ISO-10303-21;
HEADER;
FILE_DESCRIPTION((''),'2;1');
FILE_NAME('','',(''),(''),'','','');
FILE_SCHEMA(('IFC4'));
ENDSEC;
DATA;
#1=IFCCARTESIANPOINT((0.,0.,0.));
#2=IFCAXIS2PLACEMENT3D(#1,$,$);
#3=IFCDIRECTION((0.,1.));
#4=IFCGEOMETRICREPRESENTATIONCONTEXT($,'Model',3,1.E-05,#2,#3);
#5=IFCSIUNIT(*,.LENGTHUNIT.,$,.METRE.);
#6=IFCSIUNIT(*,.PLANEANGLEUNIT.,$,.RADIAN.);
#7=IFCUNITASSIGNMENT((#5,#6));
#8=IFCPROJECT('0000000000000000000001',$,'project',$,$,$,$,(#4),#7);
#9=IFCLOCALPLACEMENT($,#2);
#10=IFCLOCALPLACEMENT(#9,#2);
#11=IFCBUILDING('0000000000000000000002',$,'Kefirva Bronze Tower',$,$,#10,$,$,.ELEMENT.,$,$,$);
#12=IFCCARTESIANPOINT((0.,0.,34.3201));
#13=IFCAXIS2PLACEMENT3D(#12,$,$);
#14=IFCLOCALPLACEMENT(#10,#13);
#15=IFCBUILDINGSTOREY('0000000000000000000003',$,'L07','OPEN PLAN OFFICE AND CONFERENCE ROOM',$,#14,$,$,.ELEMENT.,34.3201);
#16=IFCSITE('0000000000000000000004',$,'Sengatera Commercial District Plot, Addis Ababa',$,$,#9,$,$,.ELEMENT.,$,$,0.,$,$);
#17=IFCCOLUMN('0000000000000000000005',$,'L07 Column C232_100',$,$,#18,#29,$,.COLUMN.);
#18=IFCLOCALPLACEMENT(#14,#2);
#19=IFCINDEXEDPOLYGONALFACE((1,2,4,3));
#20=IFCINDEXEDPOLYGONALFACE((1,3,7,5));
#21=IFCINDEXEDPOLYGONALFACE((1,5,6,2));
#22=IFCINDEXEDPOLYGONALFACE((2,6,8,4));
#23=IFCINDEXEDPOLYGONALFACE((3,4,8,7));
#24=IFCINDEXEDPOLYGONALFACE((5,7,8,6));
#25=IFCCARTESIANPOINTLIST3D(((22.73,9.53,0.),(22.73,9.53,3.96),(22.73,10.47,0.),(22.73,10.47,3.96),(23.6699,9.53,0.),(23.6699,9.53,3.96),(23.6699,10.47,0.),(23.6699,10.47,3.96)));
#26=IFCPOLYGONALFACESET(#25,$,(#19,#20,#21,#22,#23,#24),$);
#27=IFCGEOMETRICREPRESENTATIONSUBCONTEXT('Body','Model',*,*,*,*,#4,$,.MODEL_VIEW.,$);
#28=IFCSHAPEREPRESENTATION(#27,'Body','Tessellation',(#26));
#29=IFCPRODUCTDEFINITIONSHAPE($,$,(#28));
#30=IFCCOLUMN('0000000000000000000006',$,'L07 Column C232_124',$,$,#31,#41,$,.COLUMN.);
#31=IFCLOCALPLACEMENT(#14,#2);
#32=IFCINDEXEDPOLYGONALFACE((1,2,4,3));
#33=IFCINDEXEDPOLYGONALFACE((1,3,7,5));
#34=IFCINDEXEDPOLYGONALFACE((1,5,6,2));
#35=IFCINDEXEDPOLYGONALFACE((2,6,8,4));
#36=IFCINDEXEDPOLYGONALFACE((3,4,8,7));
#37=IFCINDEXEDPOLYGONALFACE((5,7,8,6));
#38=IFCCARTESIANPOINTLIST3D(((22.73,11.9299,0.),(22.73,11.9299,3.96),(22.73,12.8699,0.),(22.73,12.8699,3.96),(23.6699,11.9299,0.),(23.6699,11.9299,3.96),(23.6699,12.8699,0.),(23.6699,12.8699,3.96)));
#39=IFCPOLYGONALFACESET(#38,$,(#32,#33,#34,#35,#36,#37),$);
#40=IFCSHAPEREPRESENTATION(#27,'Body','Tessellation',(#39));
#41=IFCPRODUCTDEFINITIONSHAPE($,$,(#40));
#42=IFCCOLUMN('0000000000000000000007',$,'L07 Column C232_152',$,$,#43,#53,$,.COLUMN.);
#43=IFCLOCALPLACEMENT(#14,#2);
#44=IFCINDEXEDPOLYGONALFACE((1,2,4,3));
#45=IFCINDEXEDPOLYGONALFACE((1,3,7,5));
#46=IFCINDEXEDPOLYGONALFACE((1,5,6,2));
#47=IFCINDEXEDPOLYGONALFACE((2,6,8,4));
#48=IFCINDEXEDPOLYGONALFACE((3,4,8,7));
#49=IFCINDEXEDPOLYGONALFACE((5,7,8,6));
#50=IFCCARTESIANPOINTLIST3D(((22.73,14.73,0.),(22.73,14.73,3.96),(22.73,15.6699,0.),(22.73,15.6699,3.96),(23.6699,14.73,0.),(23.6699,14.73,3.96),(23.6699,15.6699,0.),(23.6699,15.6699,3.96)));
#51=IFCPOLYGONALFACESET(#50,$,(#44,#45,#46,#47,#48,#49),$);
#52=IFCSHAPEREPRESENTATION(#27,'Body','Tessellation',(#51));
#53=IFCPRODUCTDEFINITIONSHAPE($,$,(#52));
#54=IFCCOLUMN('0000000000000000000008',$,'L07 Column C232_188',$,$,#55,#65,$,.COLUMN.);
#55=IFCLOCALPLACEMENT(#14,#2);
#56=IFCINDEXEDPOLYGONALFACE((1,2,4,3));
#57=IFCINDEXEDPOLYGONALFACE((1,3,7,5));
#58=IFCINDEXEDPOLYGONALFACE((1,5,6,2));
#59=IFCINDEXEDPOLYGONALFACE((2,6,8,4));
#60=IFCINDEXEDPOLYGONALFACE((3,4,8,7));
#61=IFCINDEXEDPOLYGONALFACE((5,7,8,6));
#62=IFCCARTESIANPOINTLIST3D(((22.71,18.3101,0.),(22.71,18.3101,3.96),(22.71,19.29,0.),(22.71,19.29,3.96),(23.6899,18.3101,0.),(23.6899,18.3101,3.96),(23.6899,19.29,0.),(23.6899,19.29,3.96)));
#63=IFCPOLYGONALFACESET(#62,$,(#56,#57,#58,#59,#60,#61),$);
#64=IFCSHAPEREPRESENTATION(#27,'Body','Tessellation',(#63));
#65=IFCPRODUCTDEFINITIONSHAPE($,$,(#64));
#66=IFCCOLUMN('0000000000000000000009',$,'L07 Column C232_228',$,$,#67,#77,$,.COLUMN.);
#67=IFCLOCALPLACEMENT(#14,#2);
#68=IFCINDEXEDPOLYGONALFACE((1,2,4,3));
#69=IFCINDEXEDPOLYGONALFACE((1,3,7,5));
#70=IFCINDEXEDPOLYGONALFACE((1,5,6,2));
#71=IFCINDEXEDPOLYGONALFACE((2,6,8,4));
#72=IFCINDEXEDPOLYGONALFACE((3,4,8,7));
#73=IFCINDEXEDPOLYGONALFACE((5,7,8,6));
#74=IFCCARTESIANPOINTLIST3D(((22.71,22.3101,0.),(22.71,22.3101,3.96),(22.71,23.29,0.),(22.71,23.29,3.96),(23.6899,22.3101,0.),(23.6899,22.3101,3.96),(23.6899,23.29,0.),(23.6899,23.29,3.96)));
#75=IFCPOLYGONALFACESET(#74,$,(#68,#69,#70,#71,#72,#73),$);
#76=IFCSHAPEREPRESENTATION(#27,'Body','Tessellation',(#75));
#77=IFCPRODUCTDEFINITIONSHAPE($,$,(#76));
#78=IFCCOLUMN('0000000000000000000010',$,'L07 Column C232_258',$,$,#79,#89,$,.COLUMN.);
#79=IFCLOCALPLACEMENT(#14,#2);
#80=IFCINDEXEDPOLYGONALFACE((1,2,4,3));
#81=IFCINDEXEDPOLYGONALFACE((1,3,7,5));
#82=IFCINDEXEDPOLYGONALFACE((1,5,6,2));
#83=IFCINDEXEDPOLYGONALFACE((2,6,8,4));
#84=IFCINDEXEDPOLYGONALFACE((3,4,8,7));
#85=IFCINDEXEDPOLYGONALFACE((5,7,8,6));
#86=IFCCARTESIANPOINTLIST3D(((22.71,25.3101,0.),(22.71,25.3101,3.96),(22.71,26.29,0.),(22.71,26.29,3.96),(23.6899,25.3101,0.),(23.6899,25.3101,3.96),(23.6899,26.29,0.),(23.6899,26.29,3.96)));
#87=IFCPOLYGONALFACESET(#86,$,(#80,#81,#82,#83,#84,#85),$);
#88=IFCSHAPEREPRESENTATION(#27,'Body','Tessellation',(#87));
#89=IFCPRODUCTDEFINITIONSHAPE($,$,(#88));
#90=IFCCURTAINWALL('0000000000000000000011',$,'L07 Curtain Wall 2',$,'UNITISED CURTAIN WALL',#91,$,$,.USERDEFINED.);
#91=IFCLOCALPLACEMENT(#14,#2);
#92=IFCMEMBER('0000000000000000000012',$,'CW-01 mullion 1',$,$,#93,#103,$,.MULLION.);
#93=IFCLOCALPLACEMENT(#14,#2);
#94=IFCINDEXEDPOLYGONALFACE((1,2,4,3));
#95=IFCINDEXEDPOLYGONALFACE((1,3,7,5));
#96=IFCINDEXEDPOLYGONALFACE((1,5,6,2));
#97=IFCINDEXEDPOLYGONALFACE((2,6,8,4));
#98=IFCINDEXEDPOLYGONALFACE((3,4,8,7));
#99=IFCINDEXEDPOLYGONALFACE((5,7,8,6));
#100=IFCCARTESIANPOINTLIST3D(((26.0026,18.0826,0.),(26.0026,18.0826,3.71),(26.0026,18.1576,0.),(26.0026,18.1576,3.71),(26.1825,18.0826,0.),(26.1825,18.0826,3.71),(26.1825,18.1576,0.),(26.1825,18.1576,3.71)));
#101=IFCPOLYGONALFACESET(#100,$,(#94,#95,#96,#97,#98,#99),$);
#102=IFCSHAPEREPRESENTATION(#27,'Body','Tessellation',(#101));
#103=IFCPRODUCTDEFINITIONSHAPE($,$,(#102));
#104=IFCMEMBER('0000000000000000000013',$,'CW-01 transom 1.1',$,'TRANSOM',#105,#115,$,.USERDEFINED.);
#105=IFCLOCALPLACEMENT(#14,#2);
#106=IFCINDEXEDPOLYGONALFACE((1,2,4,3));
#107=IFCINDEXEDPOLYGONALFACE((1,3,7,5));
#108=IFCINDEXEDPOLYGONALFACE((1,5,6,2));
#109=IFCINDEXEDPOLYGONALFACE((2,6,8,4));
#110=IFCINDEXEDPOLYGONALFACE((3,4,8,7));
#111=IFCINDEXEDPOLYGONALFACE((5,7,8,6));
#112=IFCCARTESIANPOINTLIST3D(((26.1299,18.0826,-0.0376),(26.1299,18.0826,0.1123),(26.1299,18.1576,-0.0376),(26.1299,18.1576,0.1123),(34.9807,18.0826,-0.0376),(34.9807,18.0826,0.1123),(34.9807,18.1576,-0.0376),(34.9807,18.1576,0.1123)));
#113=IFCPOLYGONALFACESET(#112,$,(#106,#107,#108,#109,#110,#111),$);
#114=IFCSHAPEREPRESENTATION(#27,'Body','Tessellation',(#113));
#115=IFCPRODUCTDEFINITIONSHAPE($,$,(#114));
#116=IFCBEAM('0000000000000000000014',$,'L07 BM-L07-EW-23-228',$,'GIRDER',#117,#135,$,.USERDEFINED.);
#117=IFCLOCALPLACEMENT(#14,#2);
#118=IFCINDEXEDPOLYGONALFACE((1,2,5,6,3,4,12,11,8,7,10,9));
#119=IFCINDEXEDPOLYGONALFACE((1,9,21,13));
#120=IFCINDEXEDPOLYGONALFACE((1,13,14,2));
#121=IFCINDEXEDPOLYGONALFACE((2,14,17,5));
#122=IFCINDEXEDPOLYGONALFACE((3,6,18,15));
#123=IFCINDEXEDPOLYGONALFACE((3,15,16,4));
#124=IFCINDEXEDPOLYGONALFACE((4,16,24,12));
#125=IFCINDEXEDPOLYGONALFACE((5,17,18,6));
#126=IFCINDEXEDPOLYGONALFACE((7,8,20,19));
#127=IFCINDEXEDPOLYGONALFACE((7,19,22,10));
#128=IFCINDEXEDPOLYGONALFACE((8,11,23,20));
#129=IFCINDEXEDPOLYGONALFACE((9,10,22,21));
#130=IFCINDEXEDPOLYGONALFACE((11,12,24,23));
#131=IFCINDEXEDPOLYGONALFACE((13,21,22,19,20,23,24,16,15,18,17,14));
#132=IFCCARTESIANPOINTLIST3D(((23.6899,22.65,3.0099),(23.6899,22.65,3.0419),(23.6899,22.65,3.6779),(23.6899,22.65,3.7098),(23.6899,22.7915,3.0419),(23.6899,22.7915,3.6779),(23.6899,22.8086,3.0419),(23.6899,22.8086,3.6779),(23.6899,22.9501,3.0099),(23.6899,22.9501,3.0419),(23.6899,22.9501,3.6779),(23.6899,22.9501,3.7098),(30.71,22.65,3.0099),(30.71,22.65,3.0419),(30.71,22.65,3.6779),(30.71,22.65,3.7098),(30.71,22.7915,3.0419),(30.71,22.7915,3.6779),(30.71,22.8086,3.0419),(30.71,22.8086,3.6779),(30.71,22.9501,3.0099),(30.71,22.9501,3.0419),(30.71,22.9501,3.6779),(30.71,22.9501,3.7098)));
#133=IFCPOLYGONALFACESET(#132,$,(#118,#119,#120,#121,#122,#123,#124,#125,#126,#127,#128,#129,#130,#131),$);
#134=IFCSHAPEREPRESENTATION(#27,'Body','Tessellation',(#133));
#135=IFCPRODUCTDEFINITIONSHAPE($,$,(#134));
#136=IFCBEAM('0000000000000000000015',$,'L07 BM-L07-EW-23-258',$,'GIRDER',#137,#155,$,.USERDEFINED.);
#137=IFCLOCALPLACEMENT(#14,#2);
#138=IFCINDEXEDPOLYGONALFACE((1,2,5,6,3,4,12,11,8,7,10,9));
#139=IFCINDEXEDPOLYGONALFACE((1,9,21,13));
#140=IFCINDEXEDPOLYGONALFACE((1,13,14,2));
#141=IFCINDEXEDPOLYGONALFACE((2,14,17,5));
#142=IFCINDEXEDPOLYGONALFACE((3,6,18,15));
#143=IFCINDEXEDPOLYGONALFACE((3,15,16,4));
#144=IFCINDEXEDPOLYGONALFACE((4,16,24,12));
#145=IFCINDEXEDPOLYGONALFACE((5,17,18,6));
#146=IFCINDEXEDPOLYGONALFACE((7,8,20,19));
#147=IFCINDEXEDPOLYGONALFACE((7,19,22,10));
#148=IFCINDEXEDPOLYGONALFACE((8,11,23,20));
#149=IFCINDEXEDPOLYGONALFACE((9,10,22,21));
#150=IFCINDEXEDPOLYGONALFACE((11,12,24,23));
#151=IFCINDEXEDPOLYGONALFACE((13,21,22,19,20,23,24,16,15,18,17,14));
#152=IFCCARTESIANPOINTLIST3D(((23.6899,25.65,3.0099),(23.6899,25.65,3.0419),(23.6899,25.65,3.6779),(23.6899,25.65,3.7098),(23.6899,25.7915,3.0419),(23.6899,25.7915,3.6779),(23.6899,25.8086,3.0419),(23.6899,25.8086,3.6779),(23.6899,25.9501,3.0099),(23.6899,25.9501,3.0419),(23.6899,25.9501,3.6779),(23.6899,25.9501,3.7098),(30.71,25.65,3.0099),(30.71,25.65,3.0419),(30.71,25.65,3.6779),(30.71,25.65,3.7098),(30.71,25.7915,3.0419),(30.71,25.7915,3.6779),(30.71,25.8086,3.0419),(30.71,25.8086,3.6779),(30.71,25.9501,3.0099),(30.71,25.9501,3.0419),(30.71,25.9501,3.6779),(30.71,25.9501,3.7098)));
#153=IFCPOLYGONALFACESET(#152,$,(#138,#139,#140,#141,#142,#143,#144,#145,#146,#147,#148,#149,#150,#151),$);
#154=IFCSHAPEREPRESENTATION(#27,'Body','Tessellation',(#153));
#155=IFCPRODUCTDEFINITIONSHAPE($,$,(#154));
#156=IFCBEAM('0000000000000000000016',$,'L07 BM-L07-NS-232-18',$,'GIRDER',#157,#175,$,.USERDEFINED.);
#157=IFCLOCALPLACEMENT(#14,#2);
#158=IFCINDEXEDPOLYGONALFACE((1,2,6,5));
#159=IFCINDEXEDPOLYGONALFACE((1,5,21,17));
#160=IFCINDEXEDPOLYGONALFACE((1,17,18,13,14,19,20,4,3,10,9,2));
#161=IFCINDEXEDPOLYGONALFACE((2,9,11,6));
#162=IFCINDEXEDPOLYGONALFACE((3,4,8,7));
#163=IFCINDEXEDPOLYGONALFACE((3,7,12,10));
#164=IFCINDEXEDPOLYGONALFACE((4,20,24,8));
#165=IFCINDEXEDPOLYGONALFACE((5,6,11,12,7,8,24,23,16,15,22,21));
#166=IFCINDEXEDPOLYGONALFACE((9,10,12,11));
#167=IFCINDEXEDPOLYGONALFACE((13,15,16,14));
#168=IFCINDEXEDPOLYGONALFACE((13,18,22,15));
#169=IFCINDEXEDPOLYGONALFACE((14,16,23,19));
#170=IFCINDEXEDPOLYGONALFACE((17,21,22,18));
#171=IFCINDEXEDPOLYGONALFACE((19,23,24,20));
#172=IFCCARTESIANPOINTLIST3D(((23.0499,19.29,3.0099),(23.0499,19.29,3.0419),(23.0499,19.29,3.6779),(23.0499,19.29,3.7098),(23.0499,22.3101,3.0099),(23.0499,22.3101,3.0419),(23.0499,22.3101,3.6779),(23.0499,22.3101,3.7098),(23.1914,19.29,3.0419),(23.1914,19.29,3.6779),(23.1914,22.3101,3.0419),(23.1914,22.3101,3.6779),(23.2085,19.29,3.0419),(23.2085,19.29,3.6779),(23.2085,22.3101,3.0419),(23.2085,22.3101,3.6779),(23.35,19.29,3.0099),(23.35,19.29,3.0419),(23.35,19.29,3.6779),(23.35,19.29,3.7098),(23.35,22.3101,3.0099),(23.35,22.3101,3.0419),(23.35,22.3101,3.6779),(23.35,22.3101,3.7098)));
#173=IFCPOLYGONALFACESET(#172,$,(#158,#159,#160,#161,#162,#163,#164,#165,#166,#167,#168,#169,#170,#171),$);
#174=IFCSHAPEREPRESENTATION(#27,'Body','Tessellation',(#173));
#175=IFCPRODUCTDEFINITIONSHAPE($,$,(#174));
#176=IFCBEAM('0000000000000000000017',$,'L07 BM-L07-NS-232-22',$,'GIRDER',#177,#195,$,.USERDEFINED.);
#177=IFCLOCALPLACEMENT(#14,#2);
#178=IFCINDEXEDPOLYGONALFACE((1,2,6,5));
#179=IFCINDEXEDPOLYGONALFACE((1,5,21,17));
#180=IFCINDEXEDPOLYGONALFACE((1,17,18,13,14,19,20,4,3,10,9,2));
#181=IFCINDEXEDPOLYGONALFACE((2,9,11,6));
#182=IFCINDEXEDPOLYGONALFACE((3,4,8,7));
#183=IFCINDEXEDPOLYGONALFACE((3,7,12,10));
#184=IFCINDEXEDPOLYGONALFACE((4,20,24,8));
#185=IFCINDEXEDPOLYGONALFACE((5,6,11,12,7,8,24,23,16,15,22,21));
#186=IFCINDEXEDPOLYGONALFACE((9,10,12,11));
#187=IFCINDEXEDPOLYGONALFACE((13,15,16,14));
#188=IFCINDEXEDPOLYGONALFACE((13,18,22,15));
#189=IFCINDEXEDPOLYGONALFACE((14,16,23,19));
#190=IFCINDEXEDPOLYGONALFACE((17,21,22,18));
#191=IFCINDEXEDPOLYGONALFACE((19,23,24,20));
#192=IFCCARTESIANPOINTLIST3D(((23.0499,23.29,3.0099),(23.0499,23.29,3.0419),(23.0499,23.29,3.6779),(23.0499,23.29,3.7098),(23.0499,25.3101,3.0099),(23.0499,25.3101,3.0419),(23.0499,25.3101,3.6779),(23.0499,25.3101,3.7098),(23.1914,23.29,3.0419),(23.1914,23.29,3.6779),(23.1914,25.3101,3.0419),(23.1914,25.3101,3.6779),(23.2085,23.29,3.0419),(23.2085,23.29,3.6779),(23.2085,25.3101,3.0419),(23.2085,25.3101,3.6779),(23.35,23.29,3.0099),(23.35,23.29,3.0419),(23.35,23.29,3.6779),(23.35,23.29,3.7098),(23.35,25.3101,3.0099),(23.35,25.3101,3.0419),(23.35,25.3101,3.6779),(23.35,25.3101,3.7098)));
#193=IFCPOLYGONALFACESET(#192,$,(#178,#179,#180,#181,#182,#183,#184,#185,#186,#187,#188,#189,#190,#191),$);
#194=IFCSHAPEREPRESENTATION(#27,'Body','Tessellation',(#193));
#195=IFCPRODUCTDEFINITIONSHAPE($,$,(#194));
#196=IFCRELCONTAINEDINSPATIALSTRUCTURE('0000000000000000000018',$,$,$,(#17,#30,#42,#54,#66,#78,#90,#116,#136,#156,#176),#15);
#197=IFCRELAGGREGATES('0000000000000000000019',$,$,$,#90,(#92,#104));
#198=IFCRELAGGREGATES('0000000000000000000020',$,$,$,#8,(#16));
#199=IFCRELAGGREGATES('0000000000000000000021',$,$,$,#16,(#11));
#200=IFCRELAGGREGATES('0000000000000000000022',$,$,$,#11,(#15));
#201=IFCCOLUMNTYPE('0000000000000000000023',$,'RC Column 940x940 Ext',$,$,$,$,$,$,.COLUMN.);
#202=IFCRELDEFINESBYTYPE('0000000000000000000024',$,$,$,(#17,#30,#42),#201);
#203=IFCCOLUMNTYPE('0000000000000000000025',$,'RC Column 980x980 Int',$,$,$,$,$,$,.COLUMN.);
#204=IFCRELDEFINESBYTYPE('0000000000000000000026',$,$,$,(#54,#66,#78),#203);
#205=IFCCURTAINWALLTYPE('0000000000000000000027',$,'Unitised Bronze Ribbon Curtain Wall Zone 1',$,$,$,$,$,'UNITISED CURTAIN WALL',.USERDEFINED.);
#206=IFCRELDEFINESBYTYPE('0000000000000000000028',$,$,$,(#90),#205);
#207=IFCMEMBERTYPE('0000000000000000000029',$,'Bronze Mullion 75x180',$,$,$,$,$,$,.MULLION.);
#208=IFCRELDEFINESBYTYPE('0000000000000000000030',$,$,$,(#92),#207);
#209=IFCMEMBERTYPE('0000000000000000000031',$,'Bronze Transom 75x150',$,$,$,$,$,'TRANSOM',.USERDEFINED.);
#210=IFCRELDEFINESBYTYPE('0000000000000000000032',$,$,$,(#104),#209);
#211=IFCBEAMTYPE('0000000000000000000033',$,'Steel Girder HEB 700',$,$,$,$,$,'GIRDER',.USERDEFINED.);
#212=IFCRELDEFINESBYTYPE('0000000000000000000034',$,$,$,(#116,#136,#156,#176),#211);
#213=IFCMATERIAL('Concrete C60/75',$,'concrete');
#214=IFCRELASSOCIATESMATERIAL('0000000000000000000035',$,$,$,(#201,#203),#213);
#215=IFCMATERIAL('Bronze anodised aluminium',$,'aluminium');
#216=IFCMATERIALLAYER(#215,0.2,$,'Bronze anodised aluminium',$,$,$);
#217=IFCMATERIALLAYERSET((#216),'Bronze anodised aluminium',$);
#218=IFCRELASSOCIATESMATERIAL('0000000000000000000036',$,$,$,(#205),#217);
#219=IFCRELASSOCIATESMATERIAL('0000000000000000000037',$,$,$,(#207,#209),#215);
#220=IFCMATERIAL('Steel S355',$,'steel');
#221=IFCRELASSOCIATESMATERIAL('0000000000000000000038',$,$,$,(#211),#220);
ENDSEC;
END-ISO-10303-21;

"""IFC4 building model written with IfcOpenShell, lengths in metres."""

from ifc_helpers import new_model, si_unit, direction, frame, origin, origin_2d, place, context, subcontext, project, spatial, rectangle, i_section, extrude, material, layer, layer_set, material_profile, profile_set, type_object, element, aggregate, save


model = new_model("IFC4")

# Units and contexts
model_context = context("Model", 3, precision=1e-05, world=origin(), true_north=direction((0.0, 1.0)))
body_context = subcontext(model_context, "Body", "Model", "MODEL_VIEW")
ifc_project = project(units=[si_unit("LENGTHUNIT", "METRE"), si_unit("PLANEANGLEUNIT", "RADIAN")], contexts=[model_context])

# Site, building, storey
site_placement = place(None, origin())
site = spatial("IfcSite", under=ifc_project, at=site_placement, Name="Sengatera Commercial District Plot, Addis Ababa", CompositionType="ELEMENT", RefElevation=0.0)
building_placement = place(site_placement, origin())
building = spatial("IfcBuilding", under=site, at=building_placement, Name="Kefirva Bronze Tower", CompositionType="ELEMENT")
storey_placement = place(building_placement, frame((0.0, 0.0, 34.3201)))
storey = spatial("IfcBuildingStorey", under=building, at=storey_placement, Name="L07", Description="OPEN PLAN OFFICE AND CONFERENCE ROOM", CompositionType="ELEMENT", Elevation=34.3201)

# Columns
ifc_material_1 = material(Name="Concrete C60/75", Category="concrete")
ifc_material_profile_1 = material_profile(ifc_material_1, rectangle(XDim=0.9399, YDim=0.9399, at=origin_2d()), Name="RC 940x940")
ifc_profile_set_1 = profile_set([ifc_material_profile_1], Name="Concrete C60/75")
column_type_1 = type_object("IfcColumnType", Name="RC Column 940x940 Ext", PredefinedType="COLUMN", material=ifc_profile_set_1)
for number, where, z_axis, x_axis, name in (
    (1, (23.2, 10.0, 0.0), (0.0, 0.0, 1.0), (1.0, 0.0, 0.0), "L07 Column C232_100"),
    (2, (23.2, 12.3999, 0.0), (0.0, 0.0, 1.0), (1.0, 0.0, 0.0), "L07 Column C232_124"),
    (3, (23.2, 15.2, 0.0), (0.0, 0.0, 1.0), (1.0, 0.0, 0.0), "L07 Column C232_152"),
):
    element("IfcColumn", number, at=place(storey_placement, frame(where, z_axis=z_axis, x_axis=x_axis)), inside=storey, type_object=column_type_1, Name=name, PredefinedType="COLUMN", context=body_context, shape_type="SweptSolid", body=[
        extrude(rectangle(XDim=0.9399, YDim=0.9399, at=origin_2d()), origin(), (0.0, 0.0, 1.0), 3.96),
    ])
ifc_material_profile_2 = material_profile(ifc_material_1, rectangle(XDim=0.98, YDim=0.98, at=origin_2d()), Name="RC 980x980")
ifc_profile_set_2 = profile_set([ifc_material_profile_2], Name="Concrete C60/75")
column_type_2 = type_object("IfcColumnType", Name="RC Column 980x980 Int", PredefinedType="COLUMN", material=ifc_profile_set_2)
for number, where, z_axis, x_axis, name in (
    (4, (23.2, 18.8, 0.0), (0.0, 0.0, 1.0), (1.0, 0.0, 0.0), "L07 Column C232_188"),
    (5, (23.2, 22.8, 0.0), (0.0, 0.0, 1.0), (1.0, 0.0, 0.0), "L07 Column C232_228"),
    (6, (23.2, 25.8, 0.0), (0.0, 0.0, 1.0), (1.0, 0.0, 0.0), "L07 Column C232_258"),
):
    element("IfcColumn", number, at=place(storey_placement, frame(where, z_axis=z_axis, x_axis=x_axis)), inside=storey, type_object=column_type_2, Name=name, PredefinedType="COLUMN", context=body_context, shape_type="SweptSolid", body=[
        extrude(rectangle(XDim=0.98, YDim=0.98, at=origin_2d()), origin(), (0.0, 0.0, 1.0), 3.96),
    ])

# Curtain wall, members
ifc_material_2 = material(Name="Bronze anodised aluminium", Category="aluminium")
ifc_layer_1 = layer(ifc_material_2, 0.2, Name="Bronze anodised aluminium")
ifc_layer_set_1 = layer_set([ifc_layer_1], Name="Bronze anodised aluminium")
curtain_wall_type = type_object("IfcCurtainWallType", Name="Unitised Bronze Ribbon Curtain Wall Zone 1", ElementType="UNITISED CURTAIN WALL", PredefinedType="USERDEFINED", material=ifc_layer_set_1)
curtain_wall_placement = place(storey_placement, origin())
curtain_wall = element("IfcCurtainWall", 7, at=curtain_wall_placement, inside=storey, type_object=curtain_wall_type, Name="L07 Curtain Wall 2", ObjectType="UNITISED CURTAIN WALL", PredefinedType="USERDEFINED")
ifc_material_profile_3 = material_profile(ifc_material_2, rectangle(XDim=0.075, YDim=0.1799, at=origin_2d()), Name="ALU 75x180")
ifc_profile_set_3 = profile_set([ifc_material_profile_3], Name="Bronze anodised aluminium")
member_type_1 = type_object("IfcMemberType", Name="Bronze Mullion 75x180", PredefinedType="MULLION", material=ifc_profile_set_3)
member_1_placement = place(storey_placement, frame((26.0925, 18.1201, 0.0), z_axis=(0.0, 0.0, 1.0), x_axis=(0.0, 1.0, 0.0)))
member_1 = element("IfcMember", 8, at=member_1_placement, type_object=member_type_1, Name="CW-01 mullion 1", PredefinedType="MULLION", context=body_context, shape_type="SweptSolid", body=[
    extrude(rectangle(XDim=0.075, YDim=0.1799, at=origin_2d()), origin(), (0.0, 0.0, 1.0), 3.71),
])
ifc_material_profile_4 = material_profile(ifc_material_2, rectangle(XDim=0.075, YDim=0.1499, at=origin_2d()), Name="ALU 75x150")
ifc_profile_set_4 = profile_set([ifc_material_profile_4], Name="Bronze anodised aluminium")
member_type_2 = type_object("IfcMemberType", Name="Bronze Transom 75x150", ElementType="TRANSOM", PredefinedType="USERDEFINED", material=ifc_profile_set_4)
member_2_placement = place(storey_placement, frame((26.1299, 18.1201, 0.0374), z_axis=(1.0, 0.0, 0.0), x_axis=(0.0, 1.0, 0.0)))
member_2 = element("IfcMember", 9, at=member_2_placement, type_object=member_type_2, Name="CW-01 transom 1.1", ObjectType="TRANSOM", PredefinedType="USERDEFINED", context=body_context, shape_type="SweptSolid", body=[
    extrude(rectangle(XDim=0.075, YDim=0.1499, at=origin_2d()), origin(), (0.0, 0.0, 1.0), 8.8508),
])
aggregate(curtain_wall, [member_1, member_2])

# Beams
ifc_material_3 = material(Name="Steel S355", Category="steel")
ifc_material_profile_5 = material_profile(ifc_material_3, i_section(OverallWidth=0.3, OverallDepth=0.7, WebThickness=0.0171, FlangeThickness=0.032, at=origin_2d()), Name="HEB 700")
ifc_profile_set_5 = profile_set([ifc_material_profile_5], Name="Steel S355")
beam_type_1 = type_object("IfcBeamType", Name="Steel Girder HEB 700", ElementType="GIRDER", PredefinedType="USERDEFINED", material=ifc_profile_set_5)
for number, where, z_axis, x_axis, name in (
    (10, (23.6899, 22.8, 3.3599), (1.0, 0.0, 0.0), (0.0, 1.0, 0.0), "L07 BM-L07-EW-23-228"),
    (11, (23.6899, 25.8, 3.3599), (1.0, 0.0, 0.0), (0.0, 1.0, 0.0), "L07 BM-L07-EW-23-258"),
):
    element("IfcBeam", number, at=place(storey_placement, frame(where, z_axis=z_axis, x_axis=x_axis)), inside=storey, type_object=beam_type_1, Name=name, ObjectType="GIRDER", PredefinedType="USERDEFINED", context=body_context, shape_type="SweptSolid", body=[
        extrude(i_section(OverallWidth=0.3, OverallDepth=0.7, WebThickness=0.0171, FlangeThickness=0.032, at=origin_2d()), origin(), (0.0, 0.0, 1.0), 7.02),
    ])
beam_1_placement = place(storey_placement, frame((23.2, 19.29, 3.3599), z_axis=(0.0, 1.0, 0.0), x_axis=(-1.0, 0.0, 0.0)))
element("IfcBeam", 12, at=beam_1_placement, inside=storey, type_object=beam_type_1, Name="L07 BM-L07-NS-232-18", ObjectType="GIRDER", PredefinedType="USERDEFINED", context=body_context, shape_type="SweptSolid", body=[
    extrude(i_section(OverallWidth=0.3, OverallDepth=0.7, WebThickness=0.0171, FlangeThickness=0.032, at=origin_2d()), origin(), (0.0, 0.0, 1.0), 3.02),
])
beam_2_placement = place(storey_placement, frame((23.2, 23.29, 3.3599), z_axis=(0.0, 1.0, 0.0), x_axis=(-1.0, 0.0, 0.0)))
element("IfcBeam", 13, at=beam_2_placement, inside=storey, type_object=beam_type_1, Name="L07 BM-L07-NS-232-22", ObjectType="GIRDER", PredefinedType="USERDEFINED", context=body_context, shape_type="SweptSolid", body=[
    extrude(i_section(OverallWidth=0.3, OverallDepth=0.7, WebThickness=0.0171, FlangeThickness=0.032, at=origin_2d()), origin(), (0.0, 0.0, 1.0), 2.02),
])

save(model, "model.ifc")
